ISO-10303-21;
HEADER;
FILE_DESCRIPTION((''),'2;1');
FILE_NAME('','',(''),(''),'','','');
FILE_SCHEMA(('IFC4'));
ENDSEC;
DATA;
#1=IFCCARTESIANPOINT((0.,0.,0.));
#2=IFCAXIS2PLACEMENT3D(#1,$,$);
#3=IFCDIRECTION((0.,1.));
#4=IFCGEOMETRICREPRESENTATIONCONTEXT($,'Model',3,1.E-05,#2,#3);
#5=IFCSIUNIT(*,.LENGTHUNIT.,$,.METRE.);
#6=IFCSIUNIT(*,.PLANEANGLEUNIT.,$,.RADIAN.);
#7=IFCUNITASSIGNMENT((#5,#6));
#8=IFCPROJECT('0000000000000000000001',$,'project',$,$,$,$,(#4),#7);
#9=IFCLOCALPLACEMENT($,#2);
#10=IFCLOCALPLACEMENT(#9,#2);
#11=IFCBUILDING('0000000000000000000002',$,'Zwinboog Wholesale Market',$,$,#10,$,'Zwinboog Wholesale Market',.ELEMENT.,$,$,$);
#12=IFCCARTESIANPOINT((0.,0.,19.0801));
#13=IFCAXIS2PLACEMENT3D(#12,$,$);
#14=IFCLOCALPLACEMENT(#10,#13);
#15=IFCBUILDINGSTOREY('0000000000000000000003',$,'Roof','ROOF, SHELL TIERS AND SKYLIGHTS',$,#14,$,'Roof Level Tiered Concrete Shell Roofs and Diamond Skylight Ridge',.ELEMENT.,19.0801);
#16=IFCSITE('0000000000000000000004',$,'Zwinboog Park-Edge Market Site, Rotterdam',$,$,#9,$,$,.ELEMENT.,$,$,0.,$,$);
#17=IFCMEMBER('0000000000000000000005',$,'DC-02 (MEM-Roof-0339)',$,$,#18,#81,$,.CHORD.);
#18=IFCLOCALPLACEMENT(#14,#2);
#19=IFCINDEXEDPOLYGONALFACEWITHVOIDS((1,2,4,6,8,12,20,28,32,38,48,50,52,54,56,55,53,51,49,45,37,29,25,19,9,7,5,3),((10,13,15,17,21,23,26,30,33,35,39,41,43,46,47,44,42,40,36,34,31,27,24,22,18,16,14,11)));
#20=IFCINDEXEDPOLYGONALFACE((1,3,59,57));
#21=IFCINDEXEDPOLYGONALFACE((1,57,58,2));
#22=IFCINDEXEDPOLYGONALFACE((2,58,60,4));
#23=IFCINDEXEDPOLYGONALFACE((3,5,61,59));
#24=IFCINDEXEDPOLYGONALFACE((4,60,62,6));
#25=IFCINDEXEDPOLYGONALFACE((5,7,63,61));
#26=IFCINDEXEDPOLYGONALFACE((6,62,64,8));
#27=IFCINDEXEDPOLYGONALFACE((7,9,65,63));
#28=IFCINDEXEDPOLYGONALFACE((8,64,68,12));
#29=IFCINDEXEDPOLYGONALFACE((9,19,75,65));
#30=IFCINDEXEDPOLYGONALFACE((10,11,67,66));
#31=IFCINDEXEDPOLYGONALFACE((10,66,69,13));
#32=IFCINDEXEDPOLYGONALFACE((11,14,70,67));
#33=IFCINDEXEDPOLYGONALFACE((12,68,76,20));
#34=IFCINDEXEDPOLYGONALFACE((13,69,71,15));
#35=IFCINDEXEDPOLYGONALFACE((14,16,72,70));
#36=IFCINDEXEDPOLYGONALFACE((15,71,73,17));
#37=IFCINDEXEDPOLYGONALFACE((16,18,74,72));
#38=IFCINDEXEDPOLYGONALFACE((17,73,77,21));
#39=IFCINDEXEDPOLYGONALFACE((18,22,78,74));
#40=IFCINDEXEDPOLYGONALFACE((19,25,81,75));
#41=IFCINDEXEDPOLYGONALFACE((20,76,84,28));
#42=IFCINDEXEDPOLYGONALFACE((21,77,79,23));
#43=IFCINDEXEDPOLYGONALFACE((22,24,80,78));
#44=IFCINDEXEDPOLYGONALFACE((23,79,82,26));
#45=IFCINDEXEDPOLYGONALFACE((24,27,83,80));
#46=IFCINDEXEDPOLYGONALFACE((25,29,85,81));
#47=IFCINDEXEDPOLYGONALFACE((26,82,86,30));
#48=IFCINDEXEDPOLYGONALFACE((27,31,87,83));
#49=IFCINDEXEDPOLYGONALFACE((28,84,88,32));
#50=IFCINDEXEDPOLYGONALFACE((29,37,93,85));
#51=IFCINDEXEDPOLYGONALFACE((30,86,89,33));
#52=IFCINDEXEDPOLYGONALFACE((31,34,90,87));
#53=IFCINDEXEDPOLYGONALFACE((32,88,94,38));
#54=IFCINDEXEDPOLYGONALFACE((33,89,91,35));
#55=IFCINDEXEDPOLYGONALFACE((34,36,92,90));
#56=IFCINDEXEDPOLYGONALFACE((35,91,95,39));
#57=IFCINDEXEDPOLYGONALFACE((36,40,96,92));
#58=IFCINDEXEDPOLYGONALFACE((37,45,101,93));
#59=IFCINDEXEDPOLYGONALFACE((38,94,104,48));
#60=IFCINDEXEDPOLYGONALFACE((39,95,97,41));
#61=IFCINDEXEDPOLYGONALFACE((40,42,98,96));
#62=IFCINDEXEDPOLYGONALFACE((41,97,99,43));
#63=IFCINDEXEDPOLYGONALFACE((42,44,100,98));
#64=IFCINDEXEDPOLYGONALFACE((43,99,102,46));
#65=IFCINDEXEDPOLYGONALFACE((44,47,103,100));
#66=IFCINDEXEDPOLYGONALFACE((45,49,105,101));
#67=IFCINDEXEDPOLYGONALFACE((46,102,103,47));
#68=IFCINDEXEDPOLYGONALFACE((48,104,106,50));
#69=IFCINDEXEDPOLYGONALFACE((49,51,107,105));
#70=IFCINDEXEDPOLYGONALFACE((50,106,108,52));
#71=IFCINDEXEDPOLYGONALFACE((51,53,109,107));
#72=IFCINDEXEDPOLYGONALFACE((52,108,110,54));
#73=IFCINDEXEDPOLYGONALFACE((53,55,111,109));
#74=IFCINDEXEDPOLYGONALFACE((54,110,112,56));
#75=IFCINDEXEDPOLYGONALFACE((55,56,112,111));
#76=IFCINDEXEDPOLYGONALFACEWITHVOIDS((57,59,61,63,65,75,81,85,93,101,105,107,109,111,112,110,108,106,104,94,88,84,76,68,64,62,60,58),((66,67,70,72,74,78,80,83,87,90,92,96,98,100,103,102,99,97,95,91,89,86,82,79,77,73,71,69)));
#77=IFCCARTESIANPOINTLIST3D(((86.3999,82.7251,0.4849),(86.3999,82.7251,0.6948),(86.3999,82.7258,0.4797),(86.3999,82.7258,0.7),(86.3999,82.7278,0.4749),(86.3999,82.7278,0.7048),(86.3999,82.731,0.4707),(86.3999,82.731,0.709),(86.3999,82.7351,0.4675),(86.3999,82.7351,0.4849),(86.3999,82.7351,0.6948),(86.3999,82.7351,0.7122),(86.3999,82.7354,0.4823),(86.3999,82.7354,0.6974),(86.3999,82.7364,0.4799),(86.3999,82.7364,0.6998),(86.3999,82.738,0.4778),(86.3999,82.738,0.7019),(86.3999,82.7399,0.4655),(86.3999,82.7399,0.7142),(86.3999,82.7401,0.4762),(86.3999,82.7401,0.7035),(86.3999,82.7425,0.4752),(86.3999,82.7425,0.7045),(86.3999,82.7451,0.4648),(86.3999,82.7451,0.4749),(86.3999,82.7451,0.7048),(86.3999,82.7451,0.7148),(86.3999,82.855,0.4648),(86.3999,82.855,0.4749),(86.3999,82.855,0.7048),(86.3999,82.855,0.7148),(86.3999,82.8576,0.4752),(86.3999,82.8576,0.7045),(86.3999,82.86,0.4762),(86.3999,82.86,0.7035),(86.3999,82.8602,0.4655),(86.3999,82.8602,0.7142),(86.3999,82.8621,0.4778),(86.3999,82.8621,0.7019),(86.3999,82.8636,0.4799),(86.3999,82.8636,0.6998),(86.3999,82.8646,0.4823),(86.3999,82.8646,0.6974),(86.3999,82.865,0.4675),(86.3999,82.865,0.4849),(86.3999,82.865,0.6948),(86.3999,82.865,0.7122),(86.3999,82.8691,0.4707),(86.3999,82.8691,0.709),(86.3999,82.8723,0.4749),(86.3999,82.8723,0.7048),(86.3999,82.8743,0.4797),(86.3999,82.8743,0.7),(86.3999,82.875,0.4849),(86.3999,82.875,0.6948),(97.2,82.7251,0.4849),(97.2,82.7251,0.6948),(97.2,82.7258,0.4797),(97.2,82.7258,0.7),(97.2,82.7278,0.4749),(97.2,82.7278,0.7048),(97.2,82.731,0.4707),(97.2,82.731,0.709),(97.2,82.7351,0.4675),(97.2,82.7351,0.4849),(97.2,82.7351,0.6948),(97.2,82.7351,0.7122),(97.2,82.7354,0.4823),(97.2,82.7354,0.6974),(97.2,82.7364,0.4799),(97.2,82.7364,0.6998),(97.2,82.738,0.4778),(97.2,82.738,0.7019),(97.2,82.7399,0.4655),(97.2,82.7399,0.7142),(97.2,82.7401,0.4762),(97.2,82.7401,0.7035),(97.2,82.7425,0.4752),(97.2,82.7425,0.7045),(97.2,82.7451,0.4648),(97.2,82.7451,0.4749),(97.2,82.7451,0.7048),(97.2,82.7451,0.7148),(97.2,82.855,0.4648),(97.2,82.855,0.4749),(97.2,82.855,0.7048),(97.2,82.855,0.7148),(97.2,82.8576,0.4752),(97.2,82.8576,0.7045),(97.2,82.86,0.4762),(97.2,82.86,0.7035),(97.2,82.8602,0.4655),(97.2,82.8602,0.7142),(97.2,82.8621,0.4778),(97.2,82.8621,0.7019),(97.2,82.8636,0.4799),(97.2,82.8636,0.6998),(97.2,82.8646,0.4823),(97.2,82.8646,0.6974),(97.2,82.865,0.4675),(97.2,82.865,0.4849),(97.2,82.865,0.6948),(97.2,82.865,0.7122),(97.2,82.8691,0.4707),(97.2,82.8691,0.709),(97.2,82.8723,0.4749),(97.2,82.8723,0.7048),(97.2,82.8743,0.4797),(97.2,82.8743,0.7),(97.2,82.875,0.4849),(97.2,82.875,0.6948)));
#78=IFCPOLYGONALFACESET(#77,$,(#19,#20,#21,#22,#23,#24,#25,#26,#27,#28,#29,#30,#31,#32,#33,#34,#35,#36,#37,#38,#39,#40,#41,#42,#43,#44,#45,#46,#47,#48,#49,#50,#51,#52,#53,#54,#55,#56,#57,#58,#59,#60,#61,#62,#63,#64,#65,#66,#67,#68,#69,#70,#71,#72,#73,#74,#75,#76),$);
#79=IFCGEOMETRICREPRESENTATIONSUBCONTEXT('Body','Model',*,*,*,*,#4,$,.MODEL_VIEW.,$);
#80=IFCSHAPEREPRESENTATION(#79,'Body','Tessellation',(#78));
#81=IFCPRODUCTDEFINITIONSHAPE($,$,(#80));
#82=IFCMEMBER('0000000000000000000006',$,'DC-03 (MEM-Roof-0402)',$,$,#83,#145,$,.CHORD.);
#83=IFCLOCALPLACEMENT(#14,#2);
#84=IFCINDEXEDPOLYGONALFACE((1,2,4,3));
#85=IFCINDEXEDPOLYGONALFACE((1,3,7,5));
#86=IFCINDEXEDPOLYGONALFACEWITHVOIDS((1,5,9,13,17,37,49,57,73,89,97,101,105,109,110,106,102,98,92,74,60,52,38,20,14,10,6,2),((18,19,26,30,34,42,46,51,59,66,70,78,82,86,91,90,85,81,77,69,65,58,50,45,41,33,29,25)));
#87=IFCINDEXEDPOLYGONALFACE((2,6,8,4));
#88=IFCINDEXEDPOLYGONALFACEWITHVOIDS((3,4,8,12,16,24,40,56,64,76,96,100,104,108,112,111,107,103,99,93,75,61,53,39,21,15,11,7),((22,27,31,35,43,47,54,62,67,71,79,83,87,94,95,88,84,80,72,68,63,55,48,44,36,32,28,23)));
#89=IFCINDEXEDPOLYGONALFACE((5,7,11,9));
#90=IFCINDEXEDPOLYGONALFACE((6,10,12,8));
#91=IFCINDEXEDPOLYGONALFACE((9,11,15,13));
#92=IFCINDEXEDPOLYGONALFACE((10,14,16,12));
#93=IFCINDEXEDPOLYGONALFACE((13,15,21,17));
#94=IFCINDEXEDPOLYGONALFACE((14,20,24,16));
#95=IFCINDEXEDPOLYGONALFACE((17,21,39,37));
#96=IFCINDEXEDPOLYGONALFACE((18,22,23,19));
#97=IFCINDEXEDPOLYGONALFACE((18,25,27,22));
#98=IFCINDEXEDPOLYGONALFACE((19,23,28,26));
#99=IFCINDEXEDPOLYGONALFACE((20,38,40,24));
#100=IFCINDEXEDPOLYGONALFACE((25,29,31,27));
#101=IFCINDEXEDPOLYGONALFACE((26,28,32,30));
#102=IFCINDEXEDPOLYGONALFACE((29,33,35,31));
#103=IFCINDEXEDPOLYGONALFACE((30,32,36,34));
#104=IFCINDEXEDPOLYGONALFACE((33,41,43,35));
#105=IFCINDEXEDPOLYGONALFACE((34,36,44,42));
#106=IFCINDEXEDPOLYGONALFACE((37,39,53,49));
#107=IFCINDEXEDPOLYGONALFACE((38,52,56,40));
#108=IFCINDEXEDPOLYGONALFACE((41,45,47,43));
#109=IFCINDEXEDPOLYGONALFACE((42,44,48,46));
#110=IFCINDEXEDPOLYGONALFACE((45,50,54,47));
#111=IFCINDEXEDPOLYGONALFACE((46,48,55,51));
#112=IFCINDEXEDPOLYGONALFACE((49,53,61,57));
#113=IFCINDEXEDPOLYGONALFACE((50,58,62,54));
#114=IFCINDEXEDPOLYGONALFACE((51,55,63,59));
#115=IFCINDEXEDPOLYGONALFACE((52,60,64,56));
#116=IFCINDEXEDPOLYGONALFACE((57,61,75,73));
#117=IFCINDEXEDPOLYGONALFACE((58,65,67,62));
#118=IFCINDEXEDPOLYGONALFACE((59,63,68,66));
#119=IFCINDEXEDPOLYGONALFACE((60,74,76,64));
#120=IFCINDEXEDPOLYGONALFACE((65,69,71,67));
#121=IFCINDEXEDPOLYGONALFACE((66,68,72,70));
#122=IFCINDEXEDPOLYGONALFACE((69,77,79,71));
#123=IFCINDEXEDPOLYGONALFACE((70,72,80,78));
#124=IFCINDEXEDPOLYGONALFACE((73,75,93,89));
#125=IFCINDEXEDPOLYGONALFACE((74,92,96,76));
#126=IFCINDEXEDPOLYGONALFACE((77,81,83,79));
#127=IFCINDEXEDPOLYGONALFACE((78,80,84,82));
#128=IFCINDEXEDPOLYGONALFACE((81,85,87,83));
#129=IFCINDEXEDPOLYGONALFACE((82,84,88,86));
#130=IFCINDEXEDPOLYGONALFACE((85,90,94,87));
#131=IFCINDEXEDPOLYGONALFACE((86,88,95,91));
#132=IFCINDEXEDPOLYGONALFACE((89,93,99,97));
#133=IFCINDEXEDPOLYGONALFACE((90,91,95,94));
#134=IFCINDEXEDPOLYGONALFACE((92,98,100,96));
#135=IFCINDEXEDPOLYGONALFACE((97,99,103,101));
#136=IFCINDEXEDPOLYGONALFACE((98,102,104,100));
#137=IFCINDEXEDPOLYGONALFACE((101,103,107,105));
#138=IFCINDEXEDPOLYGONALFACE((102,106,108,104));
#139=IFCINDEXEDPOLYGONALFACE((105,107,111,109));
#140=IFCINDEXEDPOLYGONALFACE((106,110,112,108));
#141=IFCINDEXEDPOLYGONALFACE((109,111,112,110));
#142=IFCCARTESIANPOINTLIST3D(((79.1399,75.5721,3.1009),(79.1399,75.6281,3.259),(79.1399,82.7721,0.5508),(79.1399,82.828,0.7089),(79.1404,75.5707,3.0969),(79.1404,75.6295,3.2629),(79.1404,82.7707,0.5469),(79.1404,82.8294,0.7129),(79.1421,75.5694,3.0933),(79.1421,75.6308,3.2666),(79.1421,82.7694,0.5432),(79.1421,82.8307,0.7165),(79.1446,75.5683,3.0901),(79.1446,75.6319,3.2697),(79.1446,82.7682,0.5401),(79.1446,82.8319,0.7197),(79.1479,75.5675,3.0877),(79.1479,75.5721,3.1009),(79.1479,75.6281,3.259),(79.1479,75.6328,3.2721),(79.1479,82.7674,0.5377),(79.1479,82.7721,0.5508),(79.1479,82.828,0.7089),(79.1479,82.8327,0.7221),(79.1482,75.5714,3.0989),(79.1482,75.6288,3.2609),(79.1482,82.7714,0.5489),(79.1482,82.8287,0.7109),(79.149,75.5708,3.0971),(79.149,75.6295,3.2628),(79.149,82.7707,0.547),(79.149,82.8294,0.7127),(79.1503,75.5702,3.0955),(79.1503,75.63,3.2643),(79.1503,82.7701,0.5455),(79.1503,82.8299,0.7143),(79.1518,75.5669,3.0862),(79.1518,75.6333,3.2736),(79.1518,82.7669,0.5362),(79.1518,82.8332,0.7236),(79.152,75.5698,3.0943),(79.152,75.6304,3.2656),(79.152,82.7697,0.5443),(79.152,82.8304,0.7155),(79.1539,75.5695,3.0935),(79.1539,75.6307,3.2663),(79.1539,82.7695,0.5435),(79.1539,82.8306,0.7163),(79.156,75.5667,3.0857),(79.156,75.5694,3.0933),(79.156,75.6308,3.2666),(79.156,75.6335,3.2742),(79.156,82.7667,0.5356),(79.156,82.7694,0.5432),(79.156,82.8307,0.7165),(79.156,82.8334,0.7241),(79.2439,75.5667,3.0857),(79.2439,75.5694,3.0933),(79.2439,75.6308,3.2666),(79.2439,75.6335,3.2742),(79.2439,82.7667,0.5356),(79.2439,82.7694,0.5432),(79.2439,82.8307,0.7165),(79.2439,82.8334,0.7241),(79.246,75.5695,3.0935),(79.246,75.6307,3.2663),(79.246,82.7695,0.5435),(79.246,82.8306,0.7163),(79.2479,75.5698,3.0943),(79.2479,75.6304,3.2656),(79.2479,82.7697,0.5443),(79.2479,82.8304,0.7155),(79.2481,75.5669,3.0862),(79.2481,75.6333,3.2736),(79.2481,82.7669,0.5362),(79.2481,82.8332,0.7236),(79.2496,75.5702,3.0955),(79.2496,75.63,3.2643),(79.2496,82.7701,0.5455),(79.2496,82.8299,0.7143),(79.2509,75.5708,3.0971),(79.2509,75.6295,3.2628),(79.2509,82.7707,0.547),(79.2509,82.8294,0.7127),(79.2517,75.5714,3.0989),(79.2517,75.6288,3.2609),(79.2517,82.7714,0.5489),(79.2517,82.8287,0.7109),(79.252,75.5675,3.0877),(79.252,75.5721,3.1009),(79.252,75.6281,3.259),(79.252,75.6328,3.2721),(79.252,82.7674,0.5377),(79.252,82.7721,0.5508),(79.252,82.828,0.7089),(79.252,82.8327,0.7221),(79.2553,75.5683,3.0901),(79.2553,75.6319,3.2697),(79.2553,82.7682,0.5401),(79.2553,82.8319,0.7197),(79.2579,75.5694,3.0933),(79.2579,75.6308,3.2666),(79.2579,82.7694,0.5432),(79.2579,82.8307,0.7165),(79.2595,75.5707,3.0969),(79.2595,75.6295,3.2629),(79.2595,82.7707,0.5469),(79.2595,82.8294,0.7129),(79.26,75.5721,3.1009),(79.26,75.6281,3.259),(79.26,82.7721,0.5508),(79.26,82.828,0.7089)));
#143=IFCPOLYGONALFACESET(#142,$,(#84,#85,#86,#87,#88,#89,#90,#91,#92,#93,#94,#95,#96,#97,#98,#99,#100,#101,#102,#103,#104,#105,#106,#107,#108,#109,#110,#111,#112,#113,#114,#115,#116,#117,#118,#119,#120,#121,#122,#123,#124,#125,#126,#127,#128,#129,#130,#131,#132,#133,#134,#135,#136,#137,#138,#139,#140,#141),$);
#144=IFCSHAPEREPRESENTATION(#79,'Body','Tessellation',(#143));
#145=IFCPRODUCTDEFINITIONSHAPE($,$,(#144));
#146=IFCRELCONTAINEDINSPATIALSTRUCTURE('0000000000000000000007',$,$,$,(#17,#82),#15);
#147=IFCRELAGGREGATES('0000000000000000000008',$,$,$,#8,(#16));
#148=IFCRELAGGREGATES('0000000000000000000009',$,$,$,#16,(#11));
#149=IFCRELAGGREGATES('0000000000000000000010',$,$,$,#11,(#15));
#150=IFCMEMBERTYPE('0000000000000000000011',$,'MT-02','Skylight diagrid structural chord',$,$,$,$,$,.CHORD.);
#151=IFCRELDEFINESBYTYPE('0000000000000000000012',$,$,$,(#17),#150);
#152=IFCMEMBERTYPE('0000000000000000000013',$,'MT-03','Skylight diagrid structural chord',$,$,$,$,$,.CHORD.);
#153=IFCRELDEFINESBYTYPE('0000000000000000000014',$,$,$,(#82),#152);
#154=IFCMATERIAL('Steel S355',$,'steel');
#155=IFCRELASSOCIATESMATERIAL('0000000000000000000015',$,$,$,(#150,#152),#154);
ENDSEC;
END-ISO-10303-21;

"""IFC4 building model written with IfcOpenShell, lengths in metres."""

from ifc_helpers import new_model, si_unit, direction, frame, origin, origin_2d, place, context, subcontext, project, spatial, hollow_rectangle, extrude, material, material_profile, profile_set, type_object, element, save


model = new_model("IFC4")

# Units and contexts
model_context = context("Model", 3, precision=1e-05, world=origin(), true_north=direction((0.0, 1.0)))
body_context = subcontext(model_context, "Body", "Model", "MODEL_VIEW")
ifc_project = project(units=[si_unit("LENGTHUNIT", "METRE"), si_unit("PLANEANGLEUNIT", "RADIAN")], contexts=[model_context])

# Site, building, storey
site_placement = place(None, origin())
site = spatial("IfcSite", under=ifc_project, at=site_placement, Name="Zwinboog Park-Edge Market Site, Rotterdam", CompositionType="ELEMENT", RefElevation=0.0)
building_placement = place(site_placement, origin())
building = spatial("IfcBuilding", under=site, at=building_placement, Name="Zwinboog Wholesale Market", LongName="Zwinboog Wholesale Market", CompositionType="ELEMENT")
storey_placement = place(building_placement, frame((0.0, 0.0, 19.0801)))
storey = spatial("IfcBuildingStorey", under=building, at=storey_placement, Name="Roof", Description="ROOF, SHELL TIERS AND SKYLIGHTS", LongName="Roof Level Tiered Concrete Shell Roofs and Diamond Skylight Ridge", CompositionType="ELEMENT", Elevation=19.0801)

# Members
ifc_material_1 = material(Name="Steel S355", Category="steel")
ifc_material_profile_1 = material_profile(ifc_material_1, hollow_rectangle(XDim=0.1499, YDim=0.25, WallThickness=0.01, InnerFilletRadius=0.01, OuterFilletRadius=0.02, at=origin_2d()), Name="RHS 250x150x10")
ifc_profile_set_1 = profile_set([ifc_material_profile_1], Name="Steel S355")
member_type_1 = type_object("IfcMemberType", Name="MT-02", Description="Skylight diagrid structural chord", PredefinedType="CHORD", material=ifc_profile_set_1)
member_1_placement = place(storey_placement, frame((86.3999, 82.8, 0.5898), z_axis=(1.0, 0.0, 0.0), x_axis=(0.0, 1.0, 0.0)))
element("IfcMember", 1, at=member_1_placement, inside=storey, type_object=member_type_1, Name="DC-02 (MEM-Roof-0339)", PredefinedType="CHORD", context=body_context, shape_type="SweptSolid", body=[
    extrude(hollow_rectangle(XDim=0.1499, YDim=0.25, WallThickness=0.01, InnerFilletRadius=0.01, OuterFilletRadius=0.02, at=origin_2d()), origin(), (0.0, 0.0, 1.0), 10.8),
])
ifc_material_profile_2 = material_profile(ifc_material_1, hollow_rectangle(XDim=0.1201, YDim=0.2, WallThickness=0.0081, InnerFilletRadius=0.0081, OuterFilletRadius=0.0161, at=origin_2d()), Name="RHS 200x120x8")
ifc_profile_set_2 = profile_set([ifc_material_profile_2], Name="Steel S355")
member_type_2 = type_object("IfcMemberType", Name="MT-03", Description="Skylight diagrid structural chord", PredefinedType="CHORD", material=ifc_profile_set_2)
for number, where, z_axis, x_axis, name in (
    (2, (79.2, 82.8, 0.6299), (0.0, -0.942625, 0.333855), (1.0, 0.0, 0.0), "DC-03 (MEM-Roof-0402)"),
):
    element("IfcMember", number, at=place(storey_placement, frame(where, z_axis=z_axis, x_axis=x_axis)), inside=storey, type_object=member_type_2, Name=name, PredefinedType="CHORD", context=body_context, shape_type="SweptSolid", body=[
        extrude(hollow_rectangle(XDim=0.1201, YDim=0.2, WallThickness=0.0081, InnerFilletRadius=0.0081, OuterFilletRadius=0.0161, at=origin_2d()), origin(), (0.0, 0.0, 1.0), 7.6382),
    ])

save(model, "model.ifc")
